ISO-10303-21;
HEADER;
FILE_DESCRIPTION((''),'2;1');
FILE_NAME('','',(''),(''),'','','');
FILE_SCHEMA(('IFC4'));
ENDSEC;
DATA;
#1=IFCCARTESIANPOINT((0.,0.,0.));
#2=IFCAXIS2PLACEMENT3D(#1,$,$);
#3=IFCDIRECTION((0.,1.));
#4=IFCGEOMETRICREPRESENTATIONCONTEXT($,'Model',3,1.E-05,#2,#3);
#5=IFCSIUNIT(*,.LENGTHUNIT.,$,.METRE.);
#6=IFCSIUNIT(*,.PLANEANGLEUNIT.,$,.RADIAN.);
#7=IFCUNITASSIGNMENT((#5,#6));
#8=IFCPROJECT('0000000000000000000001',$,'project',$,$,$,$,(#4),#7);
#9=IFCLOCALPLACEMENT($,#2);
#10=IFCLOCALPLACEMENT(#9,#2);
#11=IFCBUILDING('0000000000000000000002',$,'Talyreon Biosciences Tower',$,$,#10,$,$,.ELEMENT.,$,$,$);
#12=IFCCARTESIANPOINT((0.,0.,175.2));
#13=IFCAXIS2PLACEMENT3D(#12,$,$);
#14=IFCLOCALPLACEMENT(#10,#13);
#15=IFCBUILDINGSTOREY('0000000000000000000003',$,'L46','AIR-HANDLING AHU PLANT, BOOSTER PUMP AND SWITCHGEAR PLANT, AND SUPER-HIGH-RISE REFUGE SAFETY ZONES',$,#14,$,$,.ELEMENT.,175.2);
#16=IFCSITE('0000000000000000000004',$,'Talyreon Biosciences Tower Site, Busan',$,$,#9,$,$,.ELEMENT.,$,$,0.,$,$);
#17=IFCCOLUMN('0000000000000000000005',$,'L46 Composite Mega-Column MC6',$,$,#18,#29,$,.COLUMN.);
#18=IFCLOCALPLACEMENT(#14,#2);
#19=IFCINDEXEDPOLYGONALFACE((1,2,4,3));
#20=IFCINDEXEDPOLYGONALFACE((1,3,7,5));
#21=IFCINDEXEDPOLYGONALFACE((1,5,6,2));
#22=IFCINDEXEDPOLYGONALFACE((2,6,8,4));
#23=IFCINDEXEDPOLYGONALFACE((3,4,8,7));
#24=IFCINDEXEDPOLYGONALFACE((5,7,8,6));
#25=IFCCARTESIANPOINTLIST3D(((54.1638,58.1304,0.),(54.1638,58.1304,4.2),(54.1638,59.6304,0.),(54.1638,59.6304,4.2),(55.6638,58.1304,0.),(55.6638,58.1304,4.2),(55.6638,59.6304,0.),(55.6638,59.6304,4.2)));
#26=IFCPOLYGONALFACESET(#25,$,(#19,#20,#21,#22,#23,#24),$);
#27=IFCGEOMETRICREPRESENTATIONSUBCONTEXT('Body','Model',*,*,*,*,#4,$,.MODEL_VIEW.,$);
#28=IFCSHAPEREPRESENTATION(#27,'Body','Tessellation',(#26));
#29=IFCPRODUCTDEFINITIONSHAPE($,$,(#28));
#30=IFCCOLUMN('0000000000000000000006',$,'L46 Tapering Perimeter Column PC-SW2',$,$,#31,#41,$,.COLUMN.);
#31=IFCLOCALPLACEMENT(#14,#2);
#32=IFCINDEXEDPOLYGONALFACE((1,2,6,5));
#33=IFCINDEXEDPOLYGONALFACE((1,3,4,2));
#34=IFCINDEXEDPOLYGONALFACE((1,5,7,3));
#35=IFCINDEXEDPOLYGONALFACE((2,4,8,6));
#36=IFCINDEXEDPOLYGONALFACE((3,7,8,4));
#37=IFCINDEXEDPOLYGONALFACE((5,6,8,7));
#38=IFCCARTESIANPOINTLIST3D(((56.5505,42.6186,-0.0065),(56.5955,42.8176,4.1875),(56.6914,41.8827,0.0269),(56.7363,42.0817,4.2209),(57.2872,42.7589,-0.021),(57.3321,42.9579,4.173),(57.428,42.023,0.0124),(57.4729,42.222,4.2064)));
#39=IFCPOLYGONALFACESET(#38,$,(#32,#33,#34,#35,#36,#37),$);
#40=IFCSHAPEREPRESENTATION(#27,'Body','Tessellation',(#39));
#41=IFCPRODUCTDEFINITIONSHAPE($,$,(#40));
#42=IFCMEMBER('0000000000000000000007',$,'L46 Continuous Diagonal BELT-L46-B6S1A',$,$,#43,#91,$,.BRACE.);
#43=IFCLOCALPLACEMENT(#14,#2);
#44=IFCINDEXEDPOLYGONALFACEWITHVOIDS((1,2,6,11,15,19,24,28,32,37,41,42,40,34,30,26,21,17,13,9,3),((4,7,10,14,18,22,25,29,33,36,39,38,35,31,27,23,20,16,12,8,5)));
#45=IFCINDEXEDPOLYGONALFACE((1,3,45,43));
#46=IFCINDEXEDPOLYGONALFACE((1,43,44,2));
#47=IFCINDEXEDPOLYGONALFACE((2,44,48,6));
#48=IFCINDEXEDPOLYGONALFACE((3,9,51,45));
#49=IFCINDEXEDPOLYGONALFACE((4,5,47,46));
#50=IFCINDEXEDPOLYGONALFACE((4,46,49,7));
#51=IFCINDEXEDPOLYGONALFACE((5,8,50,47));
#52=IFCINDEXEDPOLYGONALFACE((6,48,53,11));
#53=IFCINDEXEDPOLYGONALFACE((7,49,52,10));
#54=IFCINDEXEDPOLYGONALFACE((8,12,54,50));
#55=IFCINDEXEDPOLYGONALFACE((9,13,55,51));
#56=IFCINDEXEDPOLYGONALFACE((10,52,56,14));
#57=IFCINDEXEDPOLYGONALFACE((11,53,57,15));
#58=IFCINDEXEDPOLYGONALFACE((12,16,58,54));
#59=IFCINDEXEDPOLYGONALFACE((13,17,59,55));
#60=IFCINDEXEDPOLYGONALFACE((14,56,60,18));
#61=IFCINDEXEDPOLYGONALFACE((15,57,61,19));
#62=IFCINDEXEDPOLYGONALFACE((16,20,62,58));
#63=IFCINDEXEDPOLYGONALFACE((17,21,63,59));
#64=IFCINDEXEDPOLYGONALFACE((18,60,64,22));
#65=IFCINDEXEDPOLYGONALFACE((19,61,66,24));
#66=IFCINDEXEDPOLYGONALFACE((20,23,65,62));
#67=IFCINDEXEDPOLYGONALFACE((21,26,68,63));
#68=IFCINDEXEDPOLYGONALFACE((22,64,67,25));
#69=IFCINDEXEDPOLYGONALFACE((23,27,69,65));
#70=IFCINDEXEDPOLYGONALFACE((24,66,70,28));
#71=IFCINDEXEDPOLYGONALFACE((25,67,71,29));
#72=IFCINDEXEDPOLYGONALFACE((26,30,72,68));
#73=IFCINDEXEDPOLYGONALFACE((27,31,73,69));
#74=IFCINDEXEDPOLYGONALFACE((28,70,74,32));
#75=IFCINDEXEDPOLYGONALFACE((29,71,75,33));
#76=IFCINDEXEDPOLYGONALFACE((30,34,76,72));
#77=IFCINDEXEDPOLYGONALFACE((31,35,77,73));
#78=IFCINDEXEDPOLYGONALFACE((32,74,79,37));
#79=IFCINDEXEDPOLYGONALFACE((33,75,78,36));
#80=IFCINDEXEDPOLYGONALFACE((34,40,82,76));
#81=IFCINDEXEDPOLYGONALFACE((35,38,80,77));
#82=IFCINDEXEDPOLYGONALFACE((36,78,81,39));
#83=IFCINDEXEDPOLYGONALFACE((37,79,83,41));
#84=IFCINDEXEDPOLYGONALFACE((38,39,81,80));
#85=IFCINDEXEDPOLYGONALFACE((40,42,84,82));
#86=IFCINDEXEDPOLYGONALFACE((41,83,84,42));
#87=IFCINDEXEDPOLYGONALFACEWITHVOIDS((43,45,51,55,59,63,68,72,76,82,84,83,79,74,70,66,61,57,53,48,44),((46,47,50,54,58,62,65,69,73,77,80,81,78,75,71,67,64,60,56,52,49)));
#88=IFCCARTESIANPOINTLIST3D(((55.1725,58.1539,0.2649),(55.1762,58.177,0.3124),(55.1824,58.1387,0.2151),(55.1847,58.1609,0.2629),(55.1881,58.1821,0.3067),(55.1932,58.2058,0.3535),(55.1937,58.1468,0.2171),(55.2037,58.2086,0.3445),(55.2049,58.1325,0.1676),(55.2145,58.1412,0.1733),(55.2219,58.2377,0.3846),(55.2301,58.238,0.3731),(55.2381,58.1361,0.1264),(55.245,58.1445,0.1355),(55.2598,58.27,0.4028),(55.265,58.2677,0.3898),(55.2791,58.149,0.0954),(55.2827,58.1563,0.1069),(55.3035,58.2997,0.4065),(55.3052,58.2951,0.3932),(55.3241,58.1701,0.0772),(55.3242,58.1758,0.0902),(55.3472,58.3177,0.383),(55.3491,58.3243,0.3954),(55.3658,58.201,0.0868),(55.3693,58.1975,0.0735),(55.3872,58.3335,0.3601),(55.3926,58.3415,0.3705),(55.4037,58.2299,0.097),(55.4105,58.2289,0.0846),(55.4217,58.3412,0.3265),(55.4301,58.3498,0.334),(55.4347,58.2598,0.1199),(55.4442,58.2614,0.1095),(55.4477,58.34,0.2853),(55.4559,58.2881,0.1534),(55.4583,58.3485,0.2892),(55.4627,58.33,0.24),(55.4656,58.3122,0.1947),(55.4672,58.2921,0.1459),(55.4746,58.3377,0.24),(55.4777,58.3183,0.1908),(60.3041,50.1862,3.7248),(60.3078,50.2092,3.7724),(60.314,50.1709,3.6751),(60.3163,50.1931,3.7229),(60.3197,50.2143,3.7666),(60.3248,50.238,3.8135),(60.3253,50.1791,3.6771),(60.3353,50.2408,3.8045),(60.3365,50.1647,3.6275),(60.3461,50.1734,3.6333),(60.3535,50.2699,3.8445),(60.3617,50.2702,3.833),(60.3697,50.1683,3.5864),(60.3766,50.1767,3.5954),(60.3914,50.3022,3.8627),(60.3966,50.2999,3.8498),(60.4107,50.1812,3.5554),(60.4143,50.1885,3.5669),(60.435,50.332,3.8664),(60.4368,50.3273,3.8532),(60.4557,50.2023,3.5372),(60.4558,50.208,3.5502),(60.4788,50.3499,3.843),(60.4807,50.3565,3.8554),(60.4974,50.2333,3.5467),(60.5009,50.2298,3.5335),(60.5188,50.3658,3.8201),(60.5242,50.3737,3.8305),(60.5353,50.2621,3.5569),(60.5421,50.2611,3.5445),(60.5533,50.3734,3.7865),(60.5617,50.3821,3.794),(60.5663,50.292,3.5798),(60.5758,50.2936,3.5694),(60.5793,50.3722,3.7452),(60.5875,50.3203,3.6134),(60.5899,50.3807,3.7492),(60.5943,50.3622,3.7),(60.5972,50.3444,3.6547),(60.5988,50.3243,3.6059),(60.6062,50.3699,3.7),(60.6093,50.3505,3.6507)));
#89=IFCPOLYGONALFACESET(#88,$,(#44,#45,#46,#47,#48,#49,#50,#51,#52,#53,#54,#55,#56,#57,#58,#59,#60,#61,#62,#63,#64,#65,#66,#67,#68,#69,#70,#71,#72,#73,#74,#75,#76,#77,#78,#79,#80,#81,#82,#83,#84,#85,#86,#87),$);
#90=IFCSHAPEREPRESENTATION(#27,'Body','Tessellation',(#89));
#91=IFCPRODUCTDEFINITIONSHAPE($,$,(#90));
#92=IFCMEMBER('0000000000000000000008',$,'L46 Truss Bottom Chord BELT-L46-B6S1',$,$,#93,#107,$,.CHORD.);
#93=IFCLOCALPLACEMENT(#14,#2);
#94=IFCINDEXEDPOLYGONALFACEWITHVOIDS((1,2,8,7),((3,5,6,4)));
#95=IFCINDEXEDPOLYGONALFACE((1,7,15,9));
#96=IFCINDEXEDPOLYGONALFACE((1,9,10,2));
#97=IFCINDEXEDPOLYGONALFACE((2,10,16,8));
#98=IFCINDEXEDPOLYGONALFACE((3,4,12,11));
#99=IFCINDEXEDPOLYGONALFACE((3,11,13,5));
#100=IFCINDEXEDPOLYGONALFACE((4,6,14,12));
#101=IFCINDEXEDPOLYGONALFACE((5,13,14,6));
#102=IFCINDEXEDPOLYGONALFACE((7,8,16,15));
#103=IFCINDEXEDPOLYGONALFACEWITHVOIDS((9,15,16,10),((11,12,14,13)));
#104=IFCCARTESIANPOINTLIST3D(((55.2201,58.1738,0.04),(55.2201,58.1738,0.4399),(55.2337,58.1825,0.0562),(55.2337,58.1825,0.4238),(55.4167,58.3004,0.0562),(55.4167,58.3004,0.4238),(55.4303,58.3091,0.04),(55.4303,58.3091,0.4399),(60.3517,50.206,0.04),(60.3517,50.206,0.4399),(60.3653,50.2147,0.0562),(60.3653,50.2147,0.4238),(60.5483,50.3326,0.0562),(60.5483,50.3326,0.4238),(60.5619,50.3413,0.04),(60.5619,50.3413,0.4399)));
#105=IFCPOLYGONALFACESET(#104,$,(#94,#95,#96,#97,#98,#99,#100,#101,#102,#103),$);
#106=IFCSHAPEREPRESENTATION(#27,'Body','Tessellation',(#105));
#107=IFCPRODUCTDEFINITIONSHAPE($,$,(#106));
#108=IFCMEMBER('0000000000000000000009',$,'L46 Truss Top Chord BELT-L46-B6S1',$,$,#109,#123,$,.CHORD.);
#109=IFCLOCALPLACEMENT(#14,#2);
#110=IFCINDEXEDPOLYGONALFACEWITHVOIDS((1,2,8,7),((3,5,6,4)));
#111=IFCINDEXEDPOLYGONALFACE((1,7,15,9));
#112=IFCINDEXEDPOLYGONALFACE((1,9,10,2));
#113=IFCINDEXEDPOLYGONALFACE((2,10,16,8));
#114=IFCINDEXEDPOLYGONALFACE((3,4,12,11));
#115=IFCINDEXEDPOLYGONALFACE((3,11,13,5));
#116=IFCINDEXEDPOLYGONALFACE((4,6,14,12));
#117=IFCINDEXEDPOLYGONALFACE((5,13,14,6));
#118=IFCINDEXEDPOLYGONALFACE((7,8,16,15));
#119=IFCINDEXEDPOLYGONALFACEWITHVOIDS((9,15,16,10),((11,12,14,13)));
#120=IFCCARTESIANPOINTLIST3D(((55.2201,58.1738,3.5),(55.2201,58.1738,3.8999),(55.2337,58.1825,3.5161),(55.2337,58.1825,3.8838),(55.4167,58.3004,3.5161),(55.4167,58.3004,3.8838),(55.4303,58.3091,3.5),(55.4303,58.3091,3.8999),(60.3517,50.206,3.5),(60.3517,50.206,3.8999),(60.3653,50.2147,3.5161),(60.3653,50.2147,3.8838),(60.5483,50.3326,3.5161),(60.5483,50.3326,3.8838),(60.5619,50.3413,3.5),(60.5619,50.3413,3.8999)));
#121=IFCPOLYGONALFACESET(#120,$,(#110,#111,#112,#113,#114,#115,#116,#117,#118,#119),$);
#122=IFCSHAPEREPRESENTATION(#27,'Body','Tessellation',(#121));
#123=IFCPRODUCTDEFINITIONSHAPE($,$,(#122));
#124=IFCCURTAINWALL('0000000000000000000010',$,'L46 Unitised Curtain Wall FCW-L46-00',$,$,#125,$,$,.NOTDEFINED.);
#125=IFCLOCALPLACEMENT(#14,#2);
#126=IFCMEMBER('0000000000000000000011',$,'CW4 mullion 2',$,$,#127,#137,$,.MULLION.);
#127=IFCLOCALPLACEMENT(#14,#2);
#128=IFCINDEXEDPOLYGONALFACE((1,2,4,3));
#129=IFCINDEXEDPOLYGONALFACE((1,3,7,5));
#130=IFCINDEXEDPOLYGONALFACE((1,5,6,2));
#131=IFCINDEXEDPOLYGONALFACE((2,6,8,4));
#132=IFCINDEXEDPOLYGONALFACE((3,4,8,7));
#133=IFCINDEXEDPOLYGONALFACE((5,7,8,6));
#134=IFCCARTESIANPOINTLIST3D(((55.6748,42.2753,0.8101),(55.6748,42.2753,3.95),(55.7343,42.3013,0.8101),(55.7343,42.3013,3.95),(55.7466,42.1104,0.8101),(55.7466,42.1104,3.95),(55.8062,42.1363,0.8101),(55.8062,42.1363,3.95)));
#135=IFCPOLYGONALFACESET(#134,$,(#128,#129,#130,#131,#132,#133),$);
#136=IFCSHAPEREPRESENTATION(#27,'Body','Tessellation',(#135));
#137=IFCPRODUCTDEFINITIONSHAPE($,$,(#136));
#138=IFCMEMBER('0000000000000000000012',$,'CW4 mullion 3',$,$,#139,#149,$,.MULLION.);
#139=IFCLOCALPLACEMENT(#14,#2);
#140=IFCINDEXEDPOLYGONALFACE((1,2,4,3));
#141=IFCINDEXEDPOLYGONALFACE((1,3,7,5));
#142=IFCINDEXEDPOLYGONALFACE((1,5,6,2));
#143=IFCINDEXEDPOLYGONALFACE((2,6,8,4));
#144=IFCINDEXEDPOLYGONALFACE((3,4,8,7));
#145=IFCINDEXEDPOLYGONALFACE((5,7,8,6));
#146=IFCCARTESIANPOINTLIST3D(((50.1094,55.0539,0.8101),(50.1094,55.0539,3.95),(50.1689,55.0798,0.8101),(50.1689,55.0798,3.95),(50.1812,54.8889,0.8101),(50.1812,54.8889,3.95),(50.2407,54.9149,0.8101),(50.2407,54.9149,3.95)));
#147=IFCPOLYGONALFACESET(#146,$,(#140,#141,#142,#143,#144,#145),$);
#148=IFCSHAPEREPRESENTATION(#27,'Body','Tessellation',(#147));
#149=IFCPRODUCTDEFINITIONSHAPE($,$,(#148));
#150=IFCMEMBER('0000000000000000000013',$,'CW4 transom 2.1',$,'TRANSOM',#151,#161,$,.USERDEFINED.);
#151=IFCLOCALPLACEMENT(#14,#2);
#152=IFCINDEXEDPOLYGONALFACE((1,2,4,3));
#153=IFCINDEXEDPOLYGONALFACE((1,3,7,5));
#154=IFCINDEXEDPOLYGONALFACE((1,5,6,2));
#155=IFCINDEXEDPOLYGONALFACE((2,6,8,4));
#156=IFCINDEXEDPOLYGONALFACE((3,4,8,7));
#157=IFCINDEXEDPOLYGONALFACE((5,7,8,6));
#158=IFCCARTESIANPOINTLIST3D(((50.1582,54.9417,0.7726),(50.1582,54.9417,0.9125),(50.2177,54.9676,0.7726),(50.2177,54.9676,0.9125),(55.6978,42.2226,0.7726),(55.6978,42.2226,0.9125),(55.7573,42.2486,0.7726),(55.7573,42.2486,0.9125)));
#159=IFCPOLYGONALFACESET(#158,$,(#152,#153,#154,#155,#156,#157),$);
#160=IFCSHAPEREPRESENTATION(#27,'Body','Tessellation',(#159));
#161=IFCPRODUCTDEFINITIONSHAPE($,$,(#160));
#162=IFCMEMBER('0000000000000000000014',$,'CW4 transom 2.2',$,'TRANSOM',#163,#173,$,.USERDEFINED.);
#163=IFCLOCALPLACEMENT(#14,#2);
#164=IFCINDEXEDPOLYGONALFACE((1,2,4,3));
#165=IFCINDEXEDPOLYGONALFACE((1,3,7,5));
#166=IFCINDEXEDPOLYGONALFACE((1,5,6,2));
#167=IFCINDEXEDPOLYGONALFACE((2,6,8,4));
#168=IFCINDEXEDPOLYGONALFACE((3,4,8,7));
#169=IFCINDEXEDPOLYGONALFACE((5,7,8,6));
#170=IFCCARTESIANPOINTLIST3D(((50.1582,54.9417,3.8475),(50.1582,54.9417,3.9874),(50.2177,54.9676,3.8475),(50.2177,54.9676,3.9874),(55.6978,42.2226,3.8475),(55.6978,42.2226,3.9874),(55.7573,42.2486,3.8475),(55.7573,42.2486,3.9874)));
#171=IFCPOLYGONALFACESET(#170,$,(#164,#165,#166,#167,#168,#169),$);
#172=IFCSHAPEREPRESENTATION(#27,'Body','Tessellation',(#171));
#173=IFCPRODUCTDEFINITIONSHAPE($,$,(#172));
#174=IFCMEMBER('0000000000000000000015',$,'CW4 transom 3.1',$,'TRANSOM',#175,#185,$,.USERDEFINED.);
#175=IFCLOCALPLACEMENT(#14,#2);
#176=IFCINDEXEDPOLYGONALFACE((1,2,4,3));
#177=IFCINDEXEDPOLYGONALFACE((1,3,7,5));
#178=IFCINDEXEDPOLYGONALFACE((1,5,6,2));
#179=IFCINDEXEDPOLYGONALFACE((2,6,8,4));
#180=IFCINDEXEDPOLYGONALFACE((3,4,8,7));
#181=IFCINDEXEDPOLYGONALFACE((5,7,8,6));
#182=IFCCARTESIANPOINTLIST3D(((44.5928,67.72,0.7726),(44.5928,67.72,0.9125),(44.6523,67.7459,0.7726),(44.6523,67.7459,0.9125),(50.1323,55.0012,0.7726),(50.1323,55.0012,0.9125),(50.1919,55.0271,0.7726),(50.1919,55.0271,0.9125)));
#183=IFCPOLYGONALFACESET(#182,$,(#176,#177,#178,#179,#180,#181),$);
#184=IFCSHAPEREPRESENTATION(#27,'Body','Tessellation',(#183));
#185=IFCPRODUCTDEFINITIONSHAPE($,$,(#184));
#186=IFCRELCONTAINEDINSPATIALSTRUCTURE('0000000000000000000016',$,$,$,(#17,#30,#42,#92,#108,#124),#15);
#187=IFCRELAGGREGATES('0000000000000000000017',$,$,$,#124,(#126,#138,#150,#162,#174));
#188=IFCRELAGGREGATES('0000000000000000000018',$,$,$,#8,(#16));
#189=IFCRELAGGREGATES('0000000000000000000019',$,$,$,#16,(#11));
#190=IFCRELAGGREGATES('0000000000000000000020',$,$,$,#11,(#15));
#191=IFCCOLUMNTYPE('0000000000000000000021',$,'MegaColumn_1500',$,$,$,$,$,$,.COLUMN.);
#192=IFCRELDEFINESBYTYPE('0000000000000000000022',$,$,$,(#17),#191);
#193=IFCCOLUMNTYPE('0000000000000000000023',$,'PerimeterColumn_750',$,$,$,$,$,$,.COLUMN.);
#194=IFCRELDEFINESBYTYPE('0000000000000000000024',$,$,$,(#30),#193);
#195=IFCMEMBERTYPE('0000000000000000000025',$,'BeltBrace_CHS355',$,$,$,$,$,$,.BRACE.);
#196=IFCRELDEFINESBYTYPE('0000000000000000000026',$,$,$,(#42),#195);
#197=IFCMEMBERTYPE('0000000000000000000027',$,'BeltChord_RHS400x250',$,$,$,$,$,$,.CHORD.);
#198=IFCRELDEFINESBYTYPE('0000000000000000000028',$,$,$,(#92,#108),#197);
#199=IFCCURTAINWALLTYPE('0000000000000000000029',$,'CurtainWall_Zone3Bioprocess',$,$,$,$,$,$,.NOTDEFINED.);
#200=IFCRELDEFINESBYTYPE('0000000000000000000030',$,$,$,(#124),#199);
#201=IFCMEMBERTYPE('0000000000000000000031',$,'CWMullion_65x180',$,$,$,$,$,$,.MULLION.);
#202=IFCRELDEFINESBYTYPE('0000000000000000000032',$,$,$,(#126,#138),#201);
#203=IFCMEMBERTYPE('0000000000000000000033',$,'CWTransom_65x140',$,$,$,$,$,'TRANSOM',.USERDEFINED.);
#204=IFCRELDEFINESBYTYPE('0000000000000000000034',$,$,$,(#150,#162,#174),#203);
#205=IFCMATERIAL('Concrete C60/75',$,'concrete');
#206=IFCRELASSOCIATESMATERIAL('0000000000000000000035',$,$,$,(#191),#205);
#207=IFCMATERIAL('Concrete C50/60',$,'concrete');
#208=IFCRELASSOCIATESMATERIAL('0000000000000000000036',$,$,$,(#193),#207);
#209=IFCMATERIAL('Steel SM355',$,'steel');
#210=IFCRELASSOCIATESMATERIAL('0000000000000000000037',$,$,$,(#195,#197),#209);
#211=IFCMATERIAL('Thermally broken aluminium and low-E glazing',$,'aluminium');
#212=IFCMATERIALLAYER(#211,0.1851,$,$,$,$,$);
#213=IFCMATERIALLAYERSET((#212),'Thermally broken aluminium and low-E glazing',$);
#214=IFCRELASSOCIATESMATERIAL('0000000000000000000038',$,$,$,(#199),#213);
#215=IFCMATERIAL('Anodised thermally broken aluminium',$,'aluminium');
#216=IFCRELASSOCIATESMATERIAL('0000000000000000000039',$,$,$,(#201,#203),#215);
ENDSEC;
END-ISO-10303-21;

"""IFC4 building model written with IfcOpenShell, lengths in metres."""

from ifc_helpers import new_model, si_unit, direction, frame, origin, origin_2d, place, context, subcontext, project, spatial, rectangle, hollow_rectangle, hollow_circle, extrude, material, layer, layer_set, material_profile, profile_set, type_object, element, aggregate, save


model = new_model("IFC4")

# Units and contexts
model_context = context("Model", 3, precision=1e-05, world=origin(), true_north=direction((0.0, 1.0)))
body_context = subcontext(model_context, "Body", "Model", "MODEL_VIEW")
ifc_project = project(units=[si_unit("LENGTHUNIT", "METRE"), si_unit("PLANEANGLEUNIT", "RADIAN")], contexts=[model_context])

# Site, building, storey
site_placement = place(None, origin())
site = spatial("IfcSite", under=ifc_project, at=site_placement, Name="Talyreon Biosciences Tower Site, Busan", CompositionType="ELEMENT", RefElevation=0.0)
building_placement = place(site_placement, origin())
building = spatial("IfcBuilding", under=site, at=building_placement, Name="Talyreon Biosciences Tower", CompositionType="ELEMENT")
storey_placement = place(building_placement, frame((0.0, 0.0, 175.2)))
storey = spatial("IfcBuildingStorey", under=building, at=storey_placement, Name="L46", Description="AIR-HANDLING AHU PLANT, BOOSTER PUMP AND SWITCHGEAR PLANT, AND SUPER-HIGH-RISE REFUGE SAFETY ZONES", CompositionType="ELEMENT", Elevation=175.2)

# Columns
ifc_material_1 = material(Name="Concrete C60/75", Category="concrete")
ifc_material_profile_1 = material_profile(ifc_material_1, rectangle(XDim=1.5, YDim=1.5, at=origin_2d()), Name="RC 1500x1500")
ifc_profile_set_1 = profile_set([ifc_material_profile_1], Name="Concrete C60/75")
column_type_1 = type_object("IfcColumnType", Name="MegaColumn_1500", PredefinedType="COLUMN", material=ifc_profile_set_1)
column_1_placement = place(storey_placement, frame((54.9138, 58.8804, 0.0), z_axis=(0.0, 0.0, 1.0), x_axis=(1.0, 0.0, 0.0)))
element("IfcColumn", 1, at=column_1_placement, inside=storey, type_object=column_type_1, Name="L46 Composite Mega-Column MC6", PredefinedType="COLUMN", context=body_context, shape_type="SweptSolid", body=[
    extrude(rectangle(XDim=1.5, YDim=1.5, at=origin_2d()), origin(), (0.0, 0.0, 1.0), 4.2),
])
ifc_material_2 = material(Name="Concrete C50/60", Category="concrete")
ifc_material_profile_2 = material_profile(ifc_material_2, rectangle(XDim=0.75, YDim=0.75, at=origin_2d()), Name="RC 750x750")
ifc_profile_set_2 = profile_set([ifc_material_profile_2], Name="Concrete C50/60")
column_type_2 = type_object("IfcColumnType", Name="PerimeterColumn_750", PredefinedType="COLUMN", material=ifc_profile_set_2)
column_2_placement = place(storey_placement, frame((56.9893, 42.3208, 0.0029), z_axis=(0.010698, 0.047386, 0.998819), x_axis=(-0.187753, 0.981206, -0.044539)))
element("IfcColumn", 2, at=column_2_placement, inside=storey, type_object=column_type_2, Name="L46 Tapering Perimeter Column PC-SW2", PredefinedType="COLUMN", context=body_context, shape_type="SweptSolid", body=[
    extrude(rectangle(XDim=0.75, YDim=0.75, at=origin_2d()), origin(), (0.0, 0.0, 1.0), 4.199),
])

# Members
ifc_material_3 = material(Name="Steel SM355", Category="steel")
ifc_material_profile_3 = material_profile(ifc_material_3, hollow_circle(Radius=0.1777, WallThickness=0.0142, at=origin_2d()), Name="CHS 355.6x14.2")
ifc_profile_set_3 = profile_set([ifc_material_profile_3], Name="Steel SM355")
member_type_1 = type_object("IfcMemberType", Name="BeltBrace_CHS355", PredefinedType="BRACE", material=ifc_profile_set_3)
member_1_placement = place(storey_placement, frame((55.3252, 58.2415, 0.24), z_axis=(0.508627, -0.789741, 0.34294), x_axis=(0.840725, 0.541463, 0.0)))
element("IfcMember", 3, at=member_1_placement, inside=storey, type_object=member_type_1, Name="L46 Continuous Diagonal BELT-L46-B6S1A", PredefinedType="BRACE", context=body_context, shape_type="SweptSolid", body=[
    extrude(hollow_circle(Radius=0.1777, WallThickness=0.0142, at=origin_2d()), origin(), (0.0, 0.0, 1.0), 10.0891),
])
ifc_material_profile_4 = material_profile(ifc_material_3, hollow_rectangle(XDim=0.25, YDim=0.3999, WallThickness=0.0161, at=origin_2d()), Name="RHS 400x250x16")
ifc_profile_set_4 = profile_set([ifc_material_profile_4], Name="Steel SM355")
member_type_2 = type_object("IfcMemberType", Name="BeltChord_RHS400x250", PredefinedType="CHORD", material=ifc_profile_set_4)
for number, where, z_axis, x_axis, name in (
    (4, (55.3252, 58.2415, 0.24), (0.541463, -0.840725, 0.0), (0.840725, 0.541463, 0.0), "L46 Truss Bottom Chord BELT-L46-B6S1"),
    (5, (55.3252, 58.2415, 3.7), (0.541463, -0.840725, 0.0), (0.840725, 0.541463, 0.0), "L46 Truss Top Chord BELT-L46-B6S1"),
):
    element("IfcMember", number, at=place(storey_placement, frame(where, z_axis=z_axis, x_axis=x_axis)), inside=storey, type_object=member_type_2, Name=name, PredefinedType="CHORD", context=body_context, shape_type="SweptSolid", body=[
        extrude(hollow_rectangle(XDim=0.25, YDim=0.3999, WallThickness=0.0161, at=origin_2d()), origin(), (0.0, 0.0, 1.0), 9.4773),
    ])

# Curtain wall, members
ifc_material_4 = material(Name="Thermally broken aluminium and low-E glazing", Category="aluminium")
ifc_layer_1 = layer(ifc_material_4, 0.1851)
ifc_layer_set_1 = layer_set([ifc_layer_1], Name="Thermally broken aluminium and low-E glazing")
curtain_wall_type = type_object("IfcCurtainWallType", Name="CurtainWall_Zone3Bioprocess", PredefinedType="NOTDEFINED", material=ifc_layer_set_1)
curtain_wall_placement = place(storey_placement, origin())
curtain_wall = element("IfcCurtainWall", 6, at=curtain_wall_placement, inside=storey, type_object=curtain_wall_type, Name="L46 Unitised Curtain Wall FCW-L46-00", PredefinedType="NOTDEFINED")
ifc_material_5 = material(Name="Anodised thermally broken aluminium", Category="aluminium")
ifc_material_profile_5 = material_profile(ifc_material_5, rectangle(XDim=0.0649, YDim=0.1799, at=origin_2d()), Name="ALUM MULLION 65x180")
ifc_profile_set_5 = profile_set([ifc_material_profile_5], Name="Anodised thermally broken aluminium")
member_type_3 = type_object("IfcMemberType", Name="CWMullion_65x180", PredefinedType="MULLION", material=ifc_profile_set_5)
member_2_placement = place(storey_placement, frame((55.7405, 42.2058, 0.8101), z_axis=(0.0, 0.0, 1.0), x_axis=(-0.91682, -0.3993, 0.0)))
member_2 = element("IfcMember", 7, at=member_2_placement, type_object=member_type_3, Name="CW4 mullion 2", PredefinedType="MULLION", context=body_context, shape_type="SweptSolid", body=[
    extrude(rectangle(XDim=0.0649, YDim=0.1799, at=origin_2d()), origin(), (0.0, 0.0, 1.0), 3.1399),
])
member_3_placement = place(storey_placement, frame((50.175, 54.9844, 0.8101), z_axis=(0.0, 0.0, 1.0), x_axis=(-0.91682, -0.3993, 0.0)))
member_3 = element("IfcMember", 8, at=member_3_placement, type_object=member_type_3, Name="CW4 mullion 3", PredefinedType="MULLION", context=body_context, shape_type="SweptSolid", body=[
    extrude(rectangle(XDim=0.0649, YDim=0.1799, at=origin_2d()), origin(), (0.0, 0.0, 1.0), 3.1399),
])
ifc_material_profile_6 = material_profile(ifc_material_5, rectangle(XDim=0.0649, YDim=0.1399, at=origin_2d()), Name="ALUM TRANSOM 65x140")
ifc_profile_set_6 = profile_set([ifc_material_profile_6], Name="Anodised thermally broken aluminium")
member_type_4 = type_object("IfcMemberType", Name="CWTransom_65x140", ElementType="TRANSOM", PredefinedType="USERDEFINED", material=ifc_profile_set_6)
member_4_placement = place(storey_placement, frame((55.7275, 42.2356, 0.8425), z_axis=(-0.399305, 0.916818, 0.0), x_axis=(-0.916818, -0.399305, 0.0)))
member_4 = element("IfcMember", 9, at=member_4_placement, type_object=member_type_4, Name="CW4 transom 2.1", ObjectType="TRANSOM", PredefinedType="USERDEFINED", context=body_context, shape_type="SweptSolid", body=[
    extrude(rectangle(XDim=0.0649, YDim=0.1399, at=origin_2d()), origin(), (0.0, 0.0, 1.0), 13.873),
])
member_5_placement = place(storey_placement, frame((55.7275, 42.2356, 3.9175), z_axis=(-0.399305, 0.916818, 0.0), x_axis=(-0.916818, -0.399305, 0.0)))
member_5 = element("IfcMember", 10, at=member_5_placement, type_object=member_type_4, Name="CW4 transom 2.2", ObjectType="TRANSOM", PredefinedType="USERDEFINED", context=body_context, shape_type="SweptSolid", body=[
    extrude(rectangle(XDim=0.0649, YDim=0.1399, at=origin_2d()), origin(), (0.0, 0.0, 1.0), 13.873),
])
member_6_placement = place(storey_placement, frame((50.1621, 55.0142, 0.8425), z_axis=(-0.399312, 0.916815, 0.0), x_axis=(-0.916815, -0.399312, 0.0)))
member_6 = element("IfcMember", 11, at=member_6_placement, type_object=member_type_4, Name="CW4 transom 3.1", ObjectType="TRANSOM", PredefinedType="USERDEFINED", context=body_context, shape_type="SweptSolid", body=[
    extrude(rectangle(XDim=0.0649, YDim=0.1399, at=origin_2d()), origin(), (0.0, 0.0, 1.0), 13.8728),
])

aggregate(curtain_wall, [member_2, member_3, member_4, member_5, member_6])

save(model, "model.ifc")
